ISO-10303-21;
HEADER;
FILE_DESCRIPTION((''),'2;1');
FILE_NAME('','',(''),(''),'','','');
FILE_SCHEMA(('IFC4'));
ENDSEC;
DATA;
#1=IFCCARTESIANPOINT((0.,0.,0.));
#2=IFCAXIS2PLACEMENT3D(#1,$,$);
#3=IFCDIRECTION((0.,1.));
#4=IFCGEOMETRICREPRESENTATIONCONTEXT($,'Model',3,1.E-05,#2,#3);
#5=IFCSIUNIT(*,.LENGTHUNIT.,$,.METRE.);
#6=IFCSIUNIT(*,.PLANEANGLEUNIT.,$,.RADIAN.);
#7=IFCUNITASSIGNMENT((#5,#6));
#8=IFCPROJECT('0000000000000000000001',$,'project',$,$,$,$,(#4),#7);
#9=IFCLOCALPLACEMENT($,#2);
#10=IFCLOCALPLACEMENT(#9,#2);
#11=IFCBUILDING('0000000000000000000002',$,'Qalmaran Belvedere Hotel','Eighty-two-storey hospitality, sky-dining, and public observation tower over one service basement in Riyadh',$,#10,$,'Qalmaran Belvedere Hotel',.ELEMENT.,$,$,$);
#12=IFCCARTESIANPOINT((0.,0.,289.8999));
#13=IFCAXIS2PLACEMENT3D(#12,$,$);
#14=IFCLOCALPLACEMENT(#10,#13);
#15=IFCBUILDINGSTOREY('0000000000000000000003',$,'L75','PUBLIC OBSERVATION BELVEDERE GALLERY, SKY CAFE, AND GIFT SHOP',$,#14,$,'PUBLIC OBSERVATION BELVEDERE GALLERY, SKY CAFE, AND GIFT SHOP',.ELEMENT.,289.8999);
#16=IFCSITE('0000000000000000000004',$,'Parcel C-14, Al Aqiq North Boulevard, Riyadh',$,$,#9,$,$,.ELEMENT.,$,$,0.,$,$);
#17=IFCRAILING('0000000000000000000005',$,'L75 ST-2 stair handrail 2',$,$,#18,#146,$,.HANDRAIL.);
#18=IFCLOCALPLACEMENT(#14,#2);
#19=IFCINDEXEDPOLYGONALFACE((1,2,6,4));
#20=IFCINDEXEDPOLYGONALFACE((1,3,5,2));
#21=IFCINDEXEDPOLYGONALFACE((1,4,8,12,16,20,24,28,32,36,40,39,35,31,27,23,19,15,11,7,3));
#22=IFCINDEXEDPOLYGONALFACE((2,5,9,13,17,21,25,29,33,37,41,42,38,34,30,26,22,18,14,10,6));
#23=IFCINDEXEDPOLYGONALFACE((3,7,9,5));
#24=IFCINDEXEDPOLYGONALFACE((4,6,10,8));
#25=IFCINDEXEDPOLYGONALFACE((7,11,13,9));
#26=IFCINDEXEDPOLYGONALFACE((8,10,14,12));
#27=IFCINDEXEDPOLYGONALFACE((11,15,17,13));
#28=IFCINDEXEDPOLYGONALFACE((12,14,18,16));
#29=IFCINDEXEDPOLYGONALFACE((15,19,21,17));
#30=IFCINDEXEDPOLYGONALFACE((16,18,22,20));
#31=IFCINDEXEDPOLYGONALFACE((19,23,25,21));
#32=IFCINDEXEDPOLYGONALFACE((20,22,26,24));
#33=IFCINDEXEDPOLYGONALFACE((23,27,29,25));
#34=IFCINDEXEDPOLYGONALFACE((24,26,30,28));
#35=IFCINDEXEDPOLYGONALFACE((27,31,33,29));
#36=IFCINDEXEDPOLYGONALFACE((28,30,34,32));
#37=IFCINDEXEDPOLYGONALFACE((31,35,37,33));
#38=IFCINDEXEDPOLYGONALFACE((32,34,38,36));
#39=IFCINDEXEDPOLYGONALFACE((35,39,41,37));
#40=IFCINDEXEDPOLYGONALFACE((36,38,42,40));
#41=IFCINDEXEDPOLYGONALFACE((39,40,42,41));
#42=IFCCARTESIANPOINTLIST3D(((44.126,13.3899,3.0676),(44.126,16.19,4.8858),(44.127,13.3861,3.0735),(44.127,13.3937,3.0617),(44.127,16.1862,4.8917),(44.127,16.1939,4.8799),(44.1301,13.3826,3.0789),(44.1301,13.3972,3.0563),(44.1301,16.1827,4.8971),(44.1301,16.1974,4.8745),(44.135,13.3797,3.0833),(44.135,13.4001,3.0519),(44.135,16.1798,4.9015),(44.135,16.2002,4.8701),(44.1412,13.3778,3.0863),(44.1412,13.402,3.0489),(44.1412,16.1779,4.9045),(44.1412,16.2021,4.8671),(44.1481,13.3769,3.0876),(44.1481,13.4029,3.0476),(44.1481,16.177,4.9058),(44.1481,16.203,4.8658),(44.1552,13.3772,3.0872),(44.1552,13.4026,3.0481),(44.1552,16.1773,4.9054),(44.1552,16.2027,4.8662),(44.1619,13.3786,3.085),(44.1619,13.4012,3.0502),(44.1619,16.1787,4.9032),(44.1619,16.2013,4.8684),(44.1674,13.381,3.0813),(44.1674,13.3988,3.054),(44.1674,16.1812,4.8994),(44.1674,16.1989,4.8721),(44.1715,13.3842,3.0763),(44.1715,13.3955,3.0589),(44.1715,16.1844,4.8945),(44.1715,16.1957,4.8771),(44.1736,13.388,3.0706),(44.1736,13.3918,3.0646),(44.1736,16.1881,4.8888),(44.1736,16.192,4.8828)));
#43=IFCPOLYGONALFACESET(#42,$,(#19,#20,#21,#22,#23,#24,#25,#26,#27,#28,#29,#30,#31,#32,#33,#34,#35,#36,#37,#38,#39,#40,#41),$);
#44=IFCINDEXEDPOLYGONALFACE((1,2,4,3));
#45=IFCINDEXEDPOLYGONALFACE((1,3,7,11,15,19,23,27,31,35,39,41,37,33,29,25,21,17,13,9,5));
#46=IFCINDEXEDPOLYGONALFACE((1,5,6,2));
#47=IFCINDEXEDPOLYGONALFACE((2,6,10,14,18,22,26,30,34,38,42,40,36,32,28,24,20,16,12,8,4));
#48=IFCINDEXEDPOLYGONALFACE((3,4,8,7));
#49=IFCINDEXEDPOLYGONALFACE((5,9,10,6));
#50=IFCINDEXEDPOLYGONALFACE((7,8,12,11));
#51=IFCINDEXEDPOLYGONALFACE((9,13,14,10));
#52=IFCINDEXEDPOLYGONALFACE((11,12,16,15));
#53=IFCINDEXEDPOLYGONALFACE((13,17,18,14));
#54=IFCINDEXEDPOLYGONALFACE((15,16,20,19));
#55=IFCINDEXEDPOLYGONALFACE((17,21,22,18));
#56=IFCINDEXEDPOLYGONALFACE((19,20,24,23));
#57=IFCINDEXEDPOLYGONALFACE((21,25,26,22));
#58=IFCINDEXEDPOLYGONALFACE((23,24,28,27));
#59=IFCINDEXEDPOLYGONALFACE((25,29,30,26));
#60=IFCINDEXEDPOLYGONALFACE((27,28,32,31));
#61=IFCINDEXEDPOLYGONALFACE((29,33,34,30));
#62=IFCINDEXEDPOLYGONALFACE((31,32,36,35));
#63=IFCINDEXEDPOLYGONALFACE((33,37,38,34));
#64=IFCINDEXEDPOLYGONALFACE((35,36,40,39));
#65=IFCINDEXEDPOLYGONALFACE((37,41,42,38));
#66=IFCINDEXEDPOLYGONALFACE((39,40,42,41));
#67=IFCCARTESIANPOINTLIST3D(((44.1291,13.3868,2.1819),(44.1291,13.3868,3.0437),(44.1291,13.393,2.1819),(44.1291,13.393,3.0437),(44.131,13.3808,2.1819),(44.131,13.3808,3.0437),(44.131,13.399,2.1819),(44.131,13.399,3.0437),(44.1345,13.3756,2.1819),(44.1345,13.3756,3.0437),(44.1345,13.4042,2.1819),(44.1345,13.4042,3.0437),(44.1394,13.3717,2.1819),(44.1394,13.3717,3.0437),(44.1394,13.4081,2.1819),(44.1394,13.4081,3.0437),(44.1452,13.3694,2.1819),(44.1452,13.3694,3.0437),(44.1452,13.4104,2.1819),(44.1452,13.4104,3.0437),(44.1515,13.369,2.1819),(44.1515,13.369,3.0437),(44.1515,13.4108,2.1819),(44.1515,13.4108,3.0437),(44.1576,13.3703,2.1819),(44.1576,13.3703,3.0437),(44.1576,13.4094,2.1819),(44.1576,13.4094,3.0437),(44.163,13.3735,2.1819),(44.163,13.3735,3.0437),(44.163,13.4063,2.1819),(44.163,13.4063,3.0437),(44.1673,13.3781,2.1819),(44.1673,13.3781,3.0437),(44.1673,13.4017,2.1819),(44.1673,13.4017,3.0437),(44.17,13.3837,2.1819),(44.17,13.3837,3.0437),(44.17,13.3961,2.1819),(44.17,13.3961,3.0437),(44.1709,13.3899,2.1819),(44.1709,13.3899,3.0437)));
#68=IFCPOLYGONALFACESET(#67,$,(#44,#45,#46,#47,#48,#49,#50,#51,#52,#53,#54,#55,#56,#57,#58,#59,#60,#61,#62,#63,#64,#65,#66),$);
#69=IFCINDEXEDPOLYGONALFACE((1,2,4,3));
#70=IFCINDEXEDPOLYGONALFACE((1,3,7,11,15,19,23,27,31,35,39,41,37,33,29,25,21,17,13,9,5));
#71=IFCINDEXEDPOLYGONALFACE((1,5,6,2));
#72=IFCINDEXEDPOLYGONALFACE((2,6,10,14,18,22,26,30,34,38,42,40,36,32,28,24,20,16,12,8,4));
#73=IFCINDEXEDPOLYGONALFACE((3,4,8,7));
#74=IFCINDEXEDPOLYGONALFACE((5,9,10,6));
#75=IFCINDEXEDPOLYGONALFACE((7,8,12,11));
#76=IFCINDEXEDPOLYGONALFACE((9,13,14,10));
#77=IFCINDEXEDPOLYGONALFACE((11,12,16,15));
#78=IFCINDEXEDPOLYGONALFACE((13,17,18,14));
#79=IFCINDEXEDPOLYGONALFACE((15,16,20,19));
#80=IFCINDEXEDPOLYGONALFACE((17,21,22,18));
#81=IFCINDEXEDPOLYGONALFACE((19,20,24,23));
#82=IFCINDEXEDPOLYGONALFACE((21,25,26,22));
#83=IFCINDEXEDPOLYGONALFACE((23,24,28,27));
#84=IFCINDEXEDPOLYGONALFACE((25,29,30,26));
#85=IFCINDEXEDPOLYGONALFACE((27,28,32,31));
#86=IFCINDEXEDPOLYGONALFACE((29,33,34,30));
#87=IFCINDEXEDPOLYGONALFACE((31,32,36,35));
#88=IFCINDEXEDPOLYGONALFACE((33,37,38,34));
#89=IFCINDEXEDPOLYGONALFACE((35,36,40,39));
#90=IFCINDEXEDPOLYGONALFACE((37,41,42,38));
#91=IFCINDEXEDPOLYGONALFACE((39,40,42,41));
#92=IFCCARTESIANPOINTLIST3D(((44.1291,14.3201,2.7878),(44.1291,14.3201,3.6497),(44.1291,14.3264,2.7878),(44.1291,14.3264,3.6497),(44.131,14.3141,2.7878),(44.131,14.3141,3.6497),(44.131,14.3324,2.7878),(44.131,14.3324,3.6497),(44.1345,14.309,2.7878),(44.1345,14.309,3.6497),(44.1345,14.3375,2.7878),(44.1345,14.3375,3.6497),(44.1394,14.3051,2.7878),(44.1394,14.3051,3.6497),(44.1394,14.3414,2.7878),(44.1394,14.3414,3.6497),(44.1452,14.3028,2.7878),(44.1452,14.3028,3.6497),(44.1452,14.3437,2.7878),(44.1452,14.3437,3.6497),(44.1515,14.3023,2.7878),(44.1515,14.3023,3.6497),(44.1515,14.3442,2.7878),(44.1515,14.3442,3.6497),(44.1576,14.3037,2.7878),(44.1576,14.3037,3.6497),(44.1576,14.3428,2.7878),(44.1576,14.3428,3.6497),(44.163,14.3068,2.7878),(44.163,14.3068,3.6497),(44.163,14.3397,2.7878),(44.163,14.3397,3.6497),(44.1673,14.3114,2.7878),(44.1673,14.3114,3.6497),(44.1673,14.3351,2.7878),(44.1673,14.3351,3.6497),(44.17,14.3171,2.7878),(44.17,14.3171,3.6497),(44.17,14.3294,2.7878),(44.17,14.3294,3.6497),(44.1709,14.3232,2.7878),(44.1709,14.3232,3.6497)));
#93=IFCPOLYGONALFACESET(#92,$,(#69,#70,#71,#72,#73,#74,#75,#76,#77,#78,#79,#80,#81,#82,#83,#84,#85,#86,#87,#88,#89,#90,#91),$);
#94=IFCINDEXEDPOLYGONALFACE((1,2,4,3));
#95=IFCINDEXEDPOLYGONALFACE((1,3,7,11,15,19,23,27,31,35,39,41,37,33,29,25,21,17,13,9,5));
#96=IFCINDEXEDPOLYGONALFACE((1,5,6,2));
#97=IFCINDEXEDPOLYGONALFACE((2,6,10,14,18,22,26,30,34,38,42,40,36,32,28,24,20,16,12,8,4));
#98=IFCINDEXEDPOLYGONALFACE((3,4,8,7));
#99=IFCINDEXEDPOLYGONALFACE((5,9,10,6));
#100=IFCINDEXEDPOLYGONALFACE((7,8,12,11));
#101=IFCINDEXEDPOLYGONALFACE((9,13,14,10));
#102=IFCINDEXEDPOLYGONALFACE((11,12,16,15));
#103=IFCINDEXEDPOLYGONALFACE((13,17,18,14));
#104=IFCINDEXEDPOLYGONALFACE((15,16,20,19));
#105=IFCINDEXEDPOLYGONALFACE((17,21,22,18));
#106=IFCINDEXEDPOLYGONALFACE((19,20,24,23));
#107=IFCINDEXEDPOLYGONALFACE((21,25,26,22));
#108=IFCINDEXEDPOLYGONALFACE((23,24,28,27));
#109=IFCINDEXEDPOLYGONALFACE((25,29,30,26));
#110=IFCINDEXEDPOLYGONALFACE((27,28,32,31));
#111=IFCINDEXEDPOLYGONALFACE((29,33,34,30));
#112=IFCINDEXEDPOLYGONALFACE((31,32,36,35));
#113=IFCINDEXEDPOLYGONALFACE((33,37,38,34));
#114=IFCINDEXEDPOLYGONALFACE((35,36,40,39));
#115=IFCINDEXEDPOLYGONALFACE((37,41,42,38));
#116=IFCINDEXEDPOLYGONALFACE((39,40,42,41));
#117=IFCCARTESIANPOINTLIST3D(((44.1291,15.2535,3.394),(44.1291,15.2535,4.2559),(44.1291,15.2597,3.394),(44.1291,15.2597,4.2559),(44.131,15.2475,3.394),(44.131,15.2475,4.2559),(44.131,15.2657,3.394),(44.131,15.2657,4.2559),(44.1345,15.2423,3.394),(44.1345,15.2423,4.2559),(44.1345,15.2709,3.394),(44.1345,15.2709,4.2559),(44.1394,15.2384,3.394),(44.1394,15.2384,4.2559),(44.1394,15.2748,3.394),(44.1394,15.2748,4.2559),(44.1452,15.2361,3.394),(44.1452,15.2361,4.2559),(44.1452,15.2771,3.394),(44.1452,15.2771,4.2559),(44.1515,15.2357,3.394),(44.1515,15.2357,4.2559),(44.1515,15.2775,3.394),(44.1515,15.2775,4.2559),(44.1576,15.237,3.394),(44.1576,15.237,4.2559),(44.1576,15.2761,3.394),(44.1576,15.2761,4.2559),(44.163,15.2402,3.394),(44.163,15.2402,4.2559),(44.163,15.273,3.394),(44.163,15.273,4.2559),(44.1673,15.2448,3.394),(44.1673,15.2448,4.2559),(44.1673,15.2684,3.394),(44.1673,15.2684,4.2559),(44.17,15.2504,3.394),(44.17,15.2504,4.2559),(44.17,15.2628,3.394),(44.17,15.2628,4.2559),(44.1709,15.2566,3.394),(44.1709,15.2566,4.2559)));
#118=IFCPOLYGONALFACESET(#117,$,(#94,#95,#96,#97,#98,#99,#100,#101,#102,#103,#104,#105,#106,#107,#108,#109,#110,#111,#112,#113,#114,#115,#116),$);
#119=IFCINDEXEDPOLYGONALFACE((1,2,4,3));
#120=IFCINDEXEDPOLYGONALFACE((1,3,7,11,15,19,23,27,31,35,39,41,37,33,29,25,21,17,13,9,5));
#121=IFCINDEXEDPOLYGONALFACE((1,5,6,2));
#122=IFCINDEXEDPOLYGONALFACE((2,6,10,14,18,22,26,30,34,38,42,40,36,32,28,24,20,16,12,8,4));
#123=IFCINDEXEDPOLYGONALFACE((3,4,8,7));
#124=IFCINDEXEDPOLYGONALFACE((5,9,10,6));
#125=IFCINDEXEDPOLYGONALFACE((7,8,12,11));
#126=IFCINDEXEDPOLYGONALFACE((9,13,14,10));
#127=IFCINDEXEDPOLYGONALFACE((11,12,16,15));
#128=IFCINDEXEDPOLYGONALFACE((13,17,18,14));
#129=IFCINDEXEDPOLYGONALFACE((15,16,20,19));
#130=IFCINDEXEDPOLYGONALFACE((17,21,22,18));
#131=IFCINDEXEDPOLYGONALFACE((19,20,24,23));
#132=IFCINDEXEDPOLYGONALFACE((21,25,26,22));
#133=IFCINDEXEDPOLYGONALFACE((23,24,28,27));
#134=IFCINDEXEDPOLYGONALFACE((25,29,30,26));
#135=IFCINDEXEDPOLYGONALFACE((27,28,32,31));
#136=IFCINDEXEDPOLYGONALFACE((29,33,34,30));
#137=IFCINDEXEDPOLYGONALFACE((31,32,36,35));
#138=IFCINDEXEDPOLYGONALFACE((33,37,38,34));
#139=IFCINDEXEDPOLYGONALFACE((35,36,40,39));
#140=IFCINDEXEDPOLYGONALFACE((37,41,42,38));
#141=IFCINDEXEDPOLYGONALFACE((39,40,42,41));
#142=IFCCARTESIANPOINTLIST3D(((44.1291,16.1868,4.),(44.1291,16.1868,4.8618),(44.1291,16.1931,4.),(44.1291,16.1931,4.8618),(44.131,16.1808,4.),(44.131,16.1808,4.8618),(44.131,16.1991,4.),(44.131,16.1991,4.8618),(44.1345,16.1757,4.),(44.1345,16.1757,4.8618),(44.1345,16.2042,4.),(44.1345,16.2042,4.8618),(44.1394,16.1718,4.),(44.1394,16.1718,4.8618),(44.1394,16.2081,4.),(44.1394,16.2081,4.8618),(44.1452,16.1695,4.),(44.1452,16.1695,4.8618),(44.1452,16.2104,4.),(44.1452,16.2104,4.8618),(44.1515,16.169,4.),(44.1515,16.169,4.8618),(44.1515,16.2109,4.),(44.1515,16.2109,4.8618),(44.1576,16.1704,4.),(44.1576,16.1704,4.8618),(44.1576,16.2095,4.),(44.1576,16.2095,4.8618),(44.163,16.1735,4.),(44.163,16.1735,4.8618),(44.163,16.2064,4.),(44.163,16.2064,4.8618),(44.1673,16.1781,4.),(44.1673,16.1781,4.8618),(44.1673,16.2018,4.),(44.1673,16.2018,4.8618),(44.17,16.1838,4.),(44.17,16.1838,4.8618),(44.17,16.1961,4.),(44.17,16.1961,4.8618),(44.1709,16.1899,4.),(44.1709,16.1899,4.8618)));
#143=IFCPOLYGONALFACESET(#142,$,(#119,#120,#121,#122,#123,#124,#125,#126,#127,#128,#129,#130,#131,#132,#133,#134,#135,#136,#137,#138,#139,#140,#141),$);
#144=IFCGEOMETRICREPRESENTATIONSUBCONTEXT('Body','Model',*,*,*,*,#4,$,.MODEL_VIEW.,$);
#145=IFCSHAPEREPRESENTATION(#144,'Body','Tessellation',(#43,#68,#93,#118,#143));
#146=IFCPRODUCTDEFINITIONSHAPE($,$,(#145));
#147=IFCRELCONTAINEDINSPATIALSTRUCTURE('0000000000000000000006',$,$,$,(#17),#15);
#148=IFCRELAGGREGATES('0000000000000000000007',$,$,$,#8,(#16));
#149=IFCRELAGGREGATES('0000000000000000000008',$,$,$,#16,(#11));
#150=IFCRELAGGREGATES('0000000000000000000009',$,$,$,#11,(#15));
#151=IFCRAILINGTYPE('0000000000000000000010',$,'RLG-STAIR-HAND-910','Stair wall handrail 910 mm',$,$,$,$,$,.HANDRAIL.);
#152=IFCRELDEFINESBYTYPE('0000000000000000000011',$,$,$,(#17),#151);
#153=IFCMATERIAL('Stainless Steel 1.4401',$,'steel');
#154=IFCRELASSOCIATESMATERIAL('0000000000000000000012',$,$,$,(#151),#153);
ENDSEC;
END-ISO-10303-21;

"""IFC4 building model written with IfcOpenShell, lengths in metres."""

from ifc_helpers import new_model, si_unit, direction, frame, origin, origin_2d, place, context, subcontext, project, spatial, circle, extrude, material, type_object, element, save


model = new_model("IFC4")

# Units and contexts
model_context = context("Model", 3, precision=1e-05, world=origin(), true_north=direction((0.0, 1.0)))
body_context = subcontext(model_context, "Body", "Model", "MODEL_VIEW")
ifc_project = project(units=[si_unit("LENGTHUNIT", "METRE"), si_unit("PLANEANGLEUNIT", "RADIAN")], contexts=[model_context])

# Site, building, storey
site_placement = place(None, origin())
site = spatial("IfcSite", under=ifc_project, at=site_placement, Name="Parcel C-14, Al Aqiq North Boulevard, Riyadh", CompositionType="ELEMENT", RefElevation=0.0)
building_placement = place(site_placement, origin())
building = spatial("IfcBuilding", under=site, at=building_placement, Name="Qalmaran Belvedere Hotel", Description="Eighty-two-storey hospitality, sky-dining, and public observation tower over one service basement in Riyadh", LongName="Qalmaran Belvedere Hotel", CompositionType="ELEMENT")
storey_placement = place(building_placement, frame((0.0, 0.0, 289.8999)))
storey = spatial("IfcBuildingStorey", under=building, at=storey_placement, Name="L75", Description="PUBLIC OBSERVATION BELVEDERE GALLERY, SKY CAFE, AND GIFT SHOP", LongName="PUBLIC OBSERVATION BELVEDERE GALLERY, SKY CAFE, AND GIFT SHOP", CompositionType="ELEMENT", Elevation=289.8999)

# Railing
ifc_material_1 = material(Name="Stainless Steel 1.4401", Category="steel")
railing_type_1 = type_object("IfcRailingType", Name="RLG-STAIR-HAND-910", Description="Stair wall handrail 910 mm", PredefinedType="HANDRAIL", material=ifc_material_1)
railing_1_placement = place(storey_placement, frame((44.1499, 13.3899, 2.1819)))
element("IfcRailing", 1, at=railing_1_placement, inside=storey, type_object=railing_type_1, Name="L75 ST-2 stair handrail 2", PredefinedType="HANDRAIL", context=body_context, shape_type="SweptSolid", body=[
    extrude(circle(Radius=0.0239, at=origin_2d()), frame((0.0, 0.0, 0.8857), z_axis=(0.0, 0.838706, 0.544585), x_axis=(-1.0, 0.0, 0.0)), (0.0, 0.0, 1.0), 3.3386),
    extrude(circle(Radius=0.021, at=origin_2d()), origin(), (0.0, 0.0, 1.0), 0.8618),
    extrude(circle(Radius=0.021, at=origin_2d()), frame((0.0, 0.9333, 0.606)), (0.0, 0.0, 1.0), 0.8618),
    extrude(circle(Radius=0.021, at=origin_2d()), frame((0.0, 1.8667, 1.2122)), (0.0, 0.0, 1.0), 0.8618),
    extrude(circle(Radius=0.021, at=origin_2d()), frame((0.0, 2.8, 1.8181)), (0.0, 0.0, 1.0), 0.8618),
])

save(model, "model.ifc")
